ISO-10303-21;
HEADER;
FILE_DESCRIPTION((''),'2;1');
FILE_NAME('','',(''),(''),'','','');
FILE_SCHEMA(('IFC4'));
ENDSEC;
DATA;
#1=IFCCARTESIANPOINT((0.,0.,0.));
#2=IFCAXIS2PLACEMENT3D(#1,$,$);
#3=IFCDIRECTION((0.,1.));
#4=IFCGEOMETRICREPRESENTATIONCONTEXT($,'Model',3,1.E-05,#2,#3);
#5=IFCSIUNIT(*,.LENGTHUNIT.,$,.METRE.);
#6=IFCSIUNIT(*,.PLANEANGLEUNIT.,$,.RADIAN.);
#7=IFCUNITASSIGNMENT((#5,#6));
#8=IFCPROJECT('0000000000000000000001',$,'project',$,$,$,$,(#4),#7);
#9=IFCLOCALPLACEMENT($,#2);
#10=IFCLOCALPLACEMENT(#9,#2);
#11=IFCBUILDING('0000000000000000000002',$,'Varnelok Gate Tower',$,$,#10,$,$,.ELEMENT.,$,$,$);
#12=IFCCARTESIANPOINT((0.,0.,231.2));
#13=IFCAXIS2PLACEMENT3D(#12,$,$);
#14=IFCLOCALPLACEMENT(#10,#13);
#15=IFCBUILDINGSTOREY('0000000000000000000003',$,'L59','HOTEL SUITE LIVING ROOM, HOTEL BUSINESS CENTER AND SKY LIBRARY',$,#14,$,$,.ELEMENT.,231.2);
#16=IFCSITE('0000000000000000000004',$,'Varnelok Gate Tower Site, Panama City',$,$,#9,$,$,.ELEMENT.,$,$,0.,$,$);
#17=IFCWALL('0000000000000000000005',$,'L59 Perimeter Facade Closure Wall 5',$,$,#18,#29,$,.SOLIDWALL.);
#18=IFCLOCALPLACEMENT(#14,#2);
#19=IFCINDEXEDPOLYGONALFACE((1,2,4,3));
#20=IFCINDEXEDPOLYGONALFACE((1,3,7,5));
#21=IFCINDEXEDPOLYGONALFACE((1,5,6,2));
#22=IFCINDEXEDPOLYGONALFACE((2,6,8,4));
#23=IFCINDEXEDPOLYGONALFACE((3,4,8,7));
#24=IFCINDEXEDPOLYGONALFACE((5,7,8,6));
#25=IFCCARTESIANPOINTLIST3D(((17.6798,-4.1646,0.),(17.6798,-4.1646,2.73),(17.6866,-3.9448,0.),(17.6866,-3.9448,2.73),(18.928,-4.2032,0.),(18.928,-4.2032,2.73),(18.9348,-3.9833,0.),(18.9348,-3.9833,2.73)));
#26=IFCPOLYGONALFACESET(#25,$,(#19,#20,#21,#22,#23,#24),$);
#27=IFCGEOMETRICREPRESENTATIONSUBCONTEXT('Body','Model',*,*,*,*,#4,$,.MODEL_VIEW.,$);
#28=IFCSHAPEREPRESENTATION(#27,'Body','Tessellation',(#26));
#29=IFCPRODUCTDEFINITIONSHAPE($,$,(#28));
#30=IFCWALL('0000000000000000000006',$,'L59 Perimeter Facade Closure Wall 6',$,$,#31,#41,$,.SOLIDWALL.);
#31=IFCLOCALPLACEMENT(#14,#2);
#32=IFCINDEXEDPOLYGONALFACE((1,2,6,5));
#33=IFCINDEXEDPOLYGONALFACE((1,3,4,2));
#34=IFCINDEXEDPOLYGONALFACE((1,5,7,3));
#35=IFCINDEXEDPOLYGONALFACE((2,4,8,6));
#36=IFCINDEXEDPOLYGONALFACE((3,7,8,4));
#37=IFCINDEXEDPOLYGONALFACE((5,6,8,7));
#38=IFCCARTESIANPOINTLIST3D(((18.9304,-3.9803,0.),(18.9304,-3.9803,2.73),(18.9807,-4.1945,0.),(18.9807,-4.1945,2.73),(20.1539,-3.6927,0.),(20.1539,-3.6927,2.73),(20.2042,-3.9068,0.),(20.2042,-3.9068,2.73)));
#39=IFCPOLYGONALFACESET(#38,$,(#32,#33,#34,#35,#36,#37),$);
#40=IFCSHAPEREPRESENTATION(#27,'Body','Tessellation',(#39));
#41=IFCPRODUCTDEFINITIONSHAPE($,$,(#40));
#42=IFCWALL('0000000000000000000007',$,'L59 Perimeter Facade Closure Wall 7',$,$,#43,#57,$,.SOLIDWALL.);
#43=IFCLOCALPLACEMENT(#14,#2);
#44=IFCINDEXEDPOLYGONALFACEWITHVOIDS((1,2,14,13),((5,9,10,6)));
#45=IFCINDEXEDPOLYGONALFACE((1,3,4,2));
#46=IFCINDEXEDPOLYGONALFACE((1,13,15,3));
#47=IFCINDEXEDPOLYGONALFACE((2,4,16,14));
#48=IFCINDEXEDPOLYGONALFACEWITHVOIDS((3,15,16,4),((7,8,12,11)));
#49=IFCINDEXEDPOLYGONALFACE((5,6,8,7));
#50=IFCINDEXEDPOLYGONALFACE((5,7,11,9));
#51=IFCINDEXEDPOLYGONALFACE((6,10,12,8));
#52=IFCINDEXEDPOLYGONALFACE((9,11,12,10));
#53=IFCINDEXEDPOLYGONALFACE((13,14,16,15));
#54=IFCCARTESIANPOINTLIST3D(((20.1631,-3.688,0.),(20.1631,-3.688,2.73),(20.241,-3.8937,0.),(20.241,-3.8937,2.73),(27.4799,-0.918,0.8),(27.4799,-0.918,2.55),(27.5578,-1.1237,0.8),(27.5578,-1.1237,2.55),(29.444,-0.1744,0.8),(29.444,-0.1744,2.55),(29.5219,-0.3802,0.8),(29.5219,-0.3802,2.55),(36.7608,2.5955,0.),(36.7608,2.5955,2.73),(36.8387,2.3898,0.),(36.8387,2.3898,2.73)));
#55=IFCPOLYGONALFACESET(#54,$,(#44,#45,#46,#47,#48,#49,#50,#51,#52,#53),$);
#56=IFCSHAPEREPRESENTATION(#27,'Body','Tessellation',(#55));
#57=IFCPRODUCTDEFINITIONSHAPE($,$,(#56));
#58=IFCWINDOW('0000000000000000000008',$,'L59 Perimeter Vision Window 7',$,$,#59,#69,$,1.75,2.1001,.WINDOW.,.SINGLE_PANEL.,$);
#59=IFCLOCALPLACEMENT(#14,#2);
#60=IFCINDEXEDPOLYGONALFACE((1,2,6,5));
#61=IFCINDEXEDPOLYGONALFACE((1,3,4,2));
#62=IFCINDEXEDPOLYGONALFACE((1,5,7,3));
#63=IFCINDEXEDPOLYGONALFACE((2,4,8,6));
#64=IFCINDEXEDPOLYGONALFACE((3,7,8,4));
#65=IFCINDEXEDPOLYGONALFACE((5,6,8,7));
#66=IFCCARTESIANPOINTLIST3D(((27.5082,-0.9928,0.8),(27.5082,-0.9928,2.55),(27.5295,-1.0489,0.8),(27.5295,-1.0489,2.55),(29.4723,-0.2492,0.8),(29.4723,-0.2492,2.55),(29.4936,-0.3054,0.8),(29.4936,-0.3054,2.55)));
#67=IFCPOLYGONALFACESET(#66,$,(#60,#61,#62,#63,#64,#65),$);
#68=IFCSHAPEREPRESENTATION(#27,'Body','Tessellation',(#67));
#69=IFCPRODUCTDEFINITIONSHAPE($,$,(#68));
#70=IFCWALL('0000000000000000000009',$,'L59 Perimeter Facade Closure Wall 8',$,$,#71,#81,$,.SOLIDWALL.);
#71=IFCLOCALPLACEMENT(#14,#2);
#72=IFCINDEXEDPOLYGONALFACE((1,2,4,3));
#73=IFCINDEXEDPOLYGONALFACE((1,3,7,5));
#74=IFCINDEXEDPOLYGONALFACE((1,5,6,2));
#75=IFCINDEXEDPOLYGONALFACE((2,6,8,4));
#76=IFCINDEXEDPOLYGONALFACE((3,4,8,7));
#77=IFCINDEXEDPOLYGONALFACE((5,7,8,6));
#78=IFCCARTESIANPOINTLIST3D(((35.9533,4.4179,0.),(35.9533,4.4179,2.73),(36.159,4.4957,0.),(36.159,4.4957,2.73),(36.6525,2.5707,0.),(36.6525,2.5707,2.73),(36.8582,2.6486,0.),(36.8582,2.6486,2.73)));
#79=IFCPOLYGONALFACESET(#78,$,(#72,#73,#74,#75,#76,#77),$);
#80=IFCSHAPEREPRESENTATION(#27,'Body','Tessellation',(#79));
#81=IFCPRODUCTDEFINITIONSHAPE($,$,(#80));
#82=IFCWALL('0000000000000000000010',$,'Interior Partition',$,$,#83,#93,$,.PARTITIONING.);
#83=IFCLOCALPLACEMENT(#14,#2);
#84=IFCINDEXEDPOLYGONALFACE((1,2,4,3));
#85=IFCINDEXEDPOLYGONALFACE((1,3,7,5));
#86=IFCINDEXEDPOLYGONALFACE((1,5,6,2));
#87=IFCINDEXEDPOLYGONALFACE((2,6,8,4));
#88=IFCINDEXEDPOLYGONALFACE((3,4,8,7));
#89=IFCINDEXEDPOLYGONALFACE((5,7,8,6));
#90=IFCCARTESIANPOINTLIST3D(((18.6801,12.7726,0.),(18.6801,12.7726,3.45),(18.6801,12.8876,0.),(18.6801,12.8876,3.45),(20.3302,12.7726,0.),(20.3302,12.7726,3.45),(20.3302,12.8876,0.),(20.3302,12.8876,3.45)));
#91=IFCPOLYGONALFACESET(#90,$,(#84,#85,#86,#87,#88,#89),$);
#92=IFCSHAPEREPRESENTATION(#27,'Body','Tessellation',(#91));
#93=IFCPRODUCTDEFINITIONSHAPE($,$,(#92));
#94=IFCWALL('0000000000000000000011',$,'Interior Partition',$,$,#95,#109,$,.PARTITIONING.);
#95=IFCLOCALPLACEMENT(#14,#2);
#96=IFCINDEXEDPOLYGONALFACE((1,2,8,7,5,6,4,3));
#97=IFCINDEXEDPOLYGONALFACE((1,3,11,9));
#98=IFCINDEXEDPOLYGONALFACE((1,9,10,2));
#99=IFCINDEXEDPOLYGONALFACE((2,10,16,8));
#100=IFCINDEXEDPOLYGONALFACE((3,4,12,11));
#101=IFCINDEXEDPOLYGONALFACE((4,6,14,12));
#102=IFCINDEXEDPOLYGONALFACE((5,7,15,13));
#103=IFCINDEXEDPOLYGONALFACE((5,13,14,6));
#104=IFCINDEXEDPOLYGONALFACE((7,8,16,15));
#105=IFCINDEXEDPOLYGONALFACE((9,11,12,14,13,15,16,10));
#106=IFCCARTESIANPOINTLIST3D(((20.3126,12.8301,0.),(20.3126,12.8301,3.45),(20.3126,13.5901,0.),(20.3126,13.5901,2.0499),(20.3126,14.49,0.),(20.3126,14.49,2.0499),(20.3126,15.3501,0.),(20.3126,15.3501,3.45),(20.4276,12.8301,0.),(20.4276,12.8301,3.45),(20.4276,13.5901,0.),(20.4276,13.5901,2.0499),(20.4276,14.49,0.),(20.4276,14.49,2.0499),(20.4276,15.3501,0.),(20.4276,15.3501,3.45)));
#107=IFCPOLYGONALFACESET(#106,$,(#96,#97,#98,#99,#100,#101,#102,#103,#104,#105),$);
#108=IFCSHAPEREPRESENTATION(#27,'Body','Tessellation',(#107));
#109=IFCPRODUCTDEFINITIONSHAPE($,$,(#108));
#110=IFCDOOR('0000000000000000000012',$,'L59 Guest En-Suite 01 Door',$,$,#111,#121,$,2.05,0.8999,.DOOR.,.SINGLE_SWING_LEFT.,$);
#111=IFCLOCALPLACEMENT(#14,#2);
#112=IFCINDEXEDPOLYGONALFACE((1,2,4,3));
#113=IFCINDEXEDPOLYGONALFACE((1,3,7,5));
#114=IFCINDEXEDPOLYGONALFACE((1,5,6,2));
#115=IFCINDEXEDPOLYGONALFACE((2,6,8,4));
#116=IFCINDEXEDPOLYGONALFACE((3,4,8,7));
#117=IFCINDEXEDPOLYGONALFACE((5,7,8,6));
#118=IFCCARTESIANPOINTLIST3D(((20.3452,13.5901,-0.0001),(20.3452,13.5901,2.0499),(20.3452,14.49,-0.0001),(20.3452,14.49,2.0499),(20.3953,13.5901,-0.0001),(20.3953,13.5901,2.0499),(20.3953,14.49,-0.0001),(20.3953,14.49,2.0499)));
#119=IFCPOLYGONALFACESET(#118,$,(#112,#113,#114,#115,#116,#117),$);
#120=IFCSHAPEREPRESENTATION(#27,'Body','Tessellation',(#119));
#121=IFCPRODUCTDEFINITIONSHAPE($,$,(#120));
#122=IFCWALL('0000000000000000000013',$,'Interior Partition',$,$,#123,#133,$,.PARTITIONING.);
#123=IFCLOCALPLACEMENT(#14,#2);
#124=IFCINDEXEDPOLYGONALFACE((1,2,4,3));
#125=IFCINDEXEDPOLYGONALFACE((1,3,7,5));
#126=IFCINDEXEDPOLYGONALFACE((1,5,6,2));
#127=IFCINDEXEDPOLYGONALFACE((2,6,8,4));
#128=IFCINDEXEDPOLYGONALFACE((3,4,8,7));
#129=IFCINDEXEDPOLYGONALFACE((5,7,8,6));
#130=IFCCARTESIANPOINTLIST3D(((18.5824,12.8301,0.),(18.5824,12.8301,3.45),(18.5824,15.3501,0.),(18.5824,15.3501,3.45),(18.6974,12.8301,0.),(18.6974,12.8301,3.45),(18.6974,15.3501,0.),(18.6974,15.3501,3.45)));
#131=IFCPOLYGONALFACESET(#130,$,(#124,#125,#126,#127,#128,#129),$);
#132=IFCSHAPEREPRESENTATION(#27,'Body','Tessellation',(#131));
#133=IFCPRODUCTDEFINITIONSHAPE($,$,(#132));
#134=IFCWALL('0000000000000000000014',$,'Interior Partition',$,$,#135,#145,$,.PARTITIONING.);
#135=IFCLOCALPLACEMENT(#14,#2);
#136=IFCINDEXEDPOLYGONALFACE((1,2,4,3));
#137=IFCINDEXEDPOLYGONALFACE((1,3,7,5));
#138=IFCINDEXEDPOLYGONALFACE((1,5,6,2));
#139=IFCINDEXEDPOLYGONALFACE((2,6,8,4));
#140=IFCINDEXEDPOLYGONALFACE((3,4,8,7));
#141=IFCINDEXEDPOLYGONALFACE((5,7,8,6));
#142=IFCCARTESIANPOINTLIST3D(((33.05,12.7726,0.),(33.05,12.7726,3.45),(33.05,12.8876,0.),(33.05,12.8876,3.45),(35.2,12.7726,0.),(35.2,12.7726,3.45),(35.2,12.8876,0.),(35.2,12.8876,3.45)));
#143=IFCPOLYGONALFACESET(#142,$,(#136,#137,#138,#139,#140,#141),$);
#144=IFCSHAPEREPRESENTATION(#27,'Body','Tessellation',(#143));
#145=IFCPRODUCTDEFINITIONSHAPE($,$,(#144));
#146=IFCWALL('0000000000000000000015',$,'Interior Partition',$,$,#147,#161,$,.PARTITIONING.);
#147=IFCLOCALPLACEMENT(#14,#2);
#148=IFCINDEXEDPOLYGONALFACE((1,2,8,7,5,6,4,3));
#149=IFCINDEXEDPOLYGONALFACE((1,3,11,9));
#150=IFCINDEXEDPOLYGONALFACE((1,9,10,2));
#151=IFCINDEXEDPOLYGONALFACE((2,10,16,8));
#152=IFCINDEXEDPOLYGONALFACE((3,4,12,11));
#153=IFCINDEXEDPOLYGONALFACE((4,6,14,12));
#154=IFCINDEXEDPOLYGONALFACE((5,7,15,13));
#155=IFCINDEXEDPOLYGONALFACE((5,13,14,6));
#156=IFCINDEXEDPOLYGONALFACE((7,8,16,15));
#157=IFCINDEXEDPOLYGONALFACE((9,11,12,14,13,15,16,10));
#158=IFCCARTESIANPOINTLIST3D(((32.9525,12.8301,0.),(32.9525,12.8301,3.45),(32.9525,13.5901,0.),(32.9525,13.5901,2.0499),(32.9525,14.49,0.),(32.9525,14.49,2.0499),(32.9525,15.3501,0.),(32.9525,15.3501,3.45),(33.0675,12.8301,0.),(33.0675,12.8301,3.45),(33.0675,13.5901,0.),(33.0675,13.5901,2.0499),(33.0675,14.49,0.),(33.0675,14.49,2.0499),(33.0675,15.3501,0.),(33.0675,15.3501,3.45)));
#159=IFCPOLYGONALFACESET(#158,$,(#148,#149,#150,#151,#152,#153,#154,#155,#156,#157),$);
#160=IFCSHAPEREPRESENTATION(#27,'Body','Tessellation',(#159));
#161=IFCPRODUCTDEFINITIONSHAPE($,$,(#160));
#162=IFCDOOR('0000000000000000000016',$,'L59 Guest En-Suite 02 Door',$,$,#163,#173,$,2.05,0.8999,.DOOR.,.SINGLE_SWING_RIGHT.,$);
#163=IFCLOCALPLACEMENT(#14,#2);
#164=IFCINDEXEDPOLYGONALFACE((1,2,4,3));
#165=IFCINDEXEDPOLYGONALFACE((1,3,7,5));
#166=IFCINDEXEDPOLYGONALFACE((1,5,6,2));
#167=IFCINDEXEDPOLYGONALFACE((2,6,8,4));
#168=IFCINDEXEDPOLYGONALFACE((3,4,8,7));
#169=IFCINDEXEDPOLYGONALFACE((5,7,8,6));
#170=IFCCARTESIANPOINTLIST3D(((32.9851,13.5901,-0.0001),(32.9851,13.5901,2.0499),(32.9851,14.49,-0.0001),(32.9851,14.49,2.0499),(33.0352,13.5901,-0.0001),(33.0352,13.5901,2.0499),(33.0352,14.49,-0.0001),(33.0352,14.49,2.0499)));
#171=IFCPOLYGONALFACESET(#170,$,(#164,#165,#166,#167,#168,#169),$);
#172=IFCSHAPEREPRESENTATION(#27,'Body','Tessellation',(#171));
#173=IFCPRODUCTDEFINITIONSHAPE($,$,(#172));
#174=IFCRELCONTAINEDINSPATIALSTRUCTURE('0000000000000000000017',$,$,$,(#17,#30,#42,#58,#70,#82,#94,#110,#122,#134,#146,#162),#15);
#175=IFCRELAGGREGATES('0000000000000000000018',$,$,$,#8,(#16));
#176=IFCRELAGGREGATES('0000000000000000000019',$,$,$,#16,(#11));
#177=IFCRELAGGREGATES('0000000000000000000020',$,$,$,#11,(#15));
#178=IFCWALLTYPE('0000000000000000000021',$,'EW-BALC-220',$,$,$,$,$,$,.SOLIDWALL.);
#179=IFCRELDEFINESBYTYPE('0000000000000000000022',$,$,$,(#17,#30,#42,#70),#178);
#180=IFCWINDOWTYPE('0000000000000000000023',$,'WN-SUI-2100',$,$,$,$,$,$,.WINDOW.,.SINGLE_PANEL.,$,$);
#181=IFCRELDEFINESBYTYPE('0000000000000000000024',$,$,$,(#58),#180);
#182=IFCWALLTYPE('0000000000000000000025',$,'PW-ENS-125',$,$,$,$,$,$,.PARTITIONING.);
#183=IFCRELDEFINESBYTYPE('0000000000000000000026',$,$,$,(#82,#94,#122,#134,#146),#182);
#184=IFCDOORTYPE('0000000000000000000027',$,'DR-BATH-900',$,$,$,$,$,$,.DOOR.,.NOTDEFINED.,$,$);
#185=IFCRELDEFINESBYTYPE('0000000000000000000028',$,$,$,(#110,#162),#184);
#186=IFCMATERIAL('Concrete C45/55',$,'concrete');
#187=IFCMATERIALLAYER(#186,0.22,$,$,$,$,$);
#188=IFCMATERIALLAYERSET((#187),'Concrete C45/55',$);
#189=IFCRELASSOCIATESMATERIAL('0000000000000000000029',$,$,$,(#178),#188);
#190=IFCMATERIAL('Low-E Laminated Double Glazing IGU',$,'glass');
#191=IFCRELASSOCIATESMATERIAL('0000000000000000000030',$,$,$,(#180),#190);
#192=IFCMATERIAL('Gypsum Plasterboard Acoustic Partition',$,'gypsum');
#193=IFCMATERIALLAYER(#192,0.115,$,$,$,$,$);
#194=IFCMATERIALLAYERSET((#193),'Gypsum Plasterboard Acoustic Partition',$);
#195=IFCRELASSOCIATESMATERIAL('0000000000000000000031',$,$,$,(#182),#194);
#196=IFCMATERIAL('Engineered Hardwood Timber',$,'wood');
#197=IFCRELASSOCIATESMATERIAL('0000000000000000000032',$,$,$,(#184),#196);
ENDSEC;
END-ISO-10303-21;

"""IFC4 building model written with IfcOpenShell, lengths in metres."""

from ifc_helpers import new_model, si_unit, direction, frame, frame_2d, origin, place, context, subcontext, project, spatial, rectangle, extrude, material, layer, layer_set, type_object, element, fill, save


model = new_model("IFC4")

# Units and contexts
model_context = context("Model", 3, precision=1e-05, world=origin(), true_north=direction((0.0, 1.0)))
body_context = subcontext(model_context, "Body", "Model", "MODEL_VIEW")
ifc_project = project(units=[si_unit("LENGTHUNIT", "METRE"), si_unit("PLANEANGLEUNIT", "RADIAN")], contexts=[model_context])

# Site, building, storey
site_placement = place(None, origin())
site = spatial("IfcSite", under=ifc_project, at=site_placement, Name="Varnelok Gate Tower Site, Panama City", CompositionType="ELEMENT", RefElevation=0.0)
building_placement = place(site_placement, origin())
building = spatial("IfcBuilding", under=site, at=building_placement, Name="Varnelok Gate Tower", CompositionType="ELEMENT")
storey_placement = place(building_placement, frame((0.0, 0.0, 231.2)))
storey = spatial("IfcBuildingStorey", under=building, at=storey_placement, Name="L59", Description="HOTEL SUITE LIVING ROOM, HOTEL BUSINESS CENTER AND SKY LIBRARY", CompositionType="ELEMENT", Elevation=231.2)

# Walls
ifc_material_1 = material(Name="Concrete C45/55", Category="concrete")
ifc_layer_1 = layer(ifc_material_1, 0.22)
ifc_layer_set_1 = layer_set([ifc_layer_1], Name="Concrete C45/55")
wall_type_1 = type_object("IfcWallType", Name="EW-BALC-220", PredefinedType="SOLIDWALL", material=ifc_layer_set_1)
wall_1_placement = place(storey_placement, frame((17.6831, -4.0547, 0.0), z_axis=(0.0, 0.0, 1.0), x_axis=(0.999523, -0.030887, 0.0)))
element("IfcWall", 1, at=wall_1_placement, inside=storey, type_object=wall_type_1, Name="L59 Perimeter Facade Closure Wall 5", PredefinedType="SOLIDWALL", context=body_context, shape_type="SweptSolid", body=[
    extrude(rectangle(XDim=1.2488, YDim=0.22, at=frame_2d((0.6245, 0.0))), origin(), (0.0, 0.0, 1.0), 2.73),
])
wall_2_placement = place(storey_placement, frame((18.9556, -4.0874, 0.0), z_axis=(0.0, 0.0, 1.0), x_axis=(0.973463, 0.228844, 0.0)))
element("IfcWall", 2, at=wall_2_placement, inside=storey, type_object=wall_type_1, Name="L59 Perimeter Facade Closure Wall 6", PredefinedType="SOLIDWALL", context=body_context, shape_type="SweptSolid", body=[
    extrude(rectangle(XDim=1.2568, YDim=0.22, at=frame_2d((0.6284, 0.0))), origin(), (0.0, 0.0, 1.0), 2.73),
])

# Wall, opening, window
wall_3_placement = place(storey_placement, frame((20.2021, -3.7908, 0.0), z_axis=(0.0, 0.0, 1.0), x_axis=(0.935226, 0.354052, 0.0)))
wall_3 = element("IfcWall", 3, at=wall_3_placement, inside=storey, type_object=wall_type_1, Name="L59 Perimeter Facade Closure Wall 7", PredefinedType="SOLIDWALL", context=body_context, shape_type="SweptSolid", body=[
    extrude(rectangle(XDim=17.7473, YDim=0.22, at=frame_2d((8.8735, 0.0))), origin(), (0.0, 0.0, 1.0), 2.73),
])
opening_1_placement = place(wall_3_placement, frame((7.8235, 0.0, 0.8)))
opening_1 = element("IfcOpeningElement", 4, at=opening_1_placement, cuts=wall_3, PredefinedType="OPENING", context=body_context, shape_type="SweptSolid", body=[
    extrude(rectangle(XDim=2.1001, YDim=1.75, at=frame_2d((1.05, 0.875))), frame((0.0, 0.1199, 0.0), z_axis=(0.0, -1.0, 0.0), x_axis=(1.0, 0.0, 0.0)), (0.0, 0.0, 1.0), 0.24),
])
ifc_material_2 = material(Name="Low-E Laminated Double Glazing IGU", Category="glass")
window_type = type_object("IfcWindowType", Name="WN-SUI-2100", PartitioningType="SINGLE_PANEL", PredefinedType="WINDOW", material=ifc_material_2)
window_placement = place(opening_1_placement, origin())
window = element("IfcWindow", 5, at=window_placement, inside=storey, type_object=window_type, Name="L59 Perimeter Vision Window 7", OverallHeight=1.75, OverallWidth=2.1001, PartitioningType="SINGLE_PANEL", PredefinedType="WINDOW", context=body_context, shape_type="SweptSolid", body=[
    extrude(rectangle(XDim=2.1001, YDim=1.75, at=frame_2d((1.05, 0.875))), frame((0.0, 0.03, 0.0), z_axis=(0.0, -1.0, 0.0), x_axis=(1.0, 0.0, 0.0)), (0.0, 0.0, 1.0), 0.0601),
])
fill(opening_1, window)

# Walls
wall_4_placement = place(storey_placement, frame((36.7554, 2.6096, 0.0), z_axis=(0.0, 0.0, 1.0), x_axis=(-0.354021, 0.935238, 0.0)))
element("IfcWall", 6, at=wall_4_placement, inside=storey, type_object=wall_type_1, Name="L59 Perimeter Facade Closure Wall 8", PredefinedType="SOLIDWALL", context=body_context, shape_type="SweptSolid", body=[
    extrude(rectangle(XDim=1.9751, YDim=0.22, at=frame_2d((0.9875, 0.0))), origin(), (0.0, 0.0, 1.0), 2.73),
])
ifc_material_3 = material(Name="Gypsum Plasterboard Acoustic Partition", Category="gypsum")
ifc_layer_2 = layer(ifc_material_3, 0.115)
ifc_layer_set_2 = layer_set([ifc_layer_2], Name="Gypsum Plasterboard Acoustic Partition")
wall_type_2 = type_object("IfcWallType", Name="PW-ENS-125", PredefinedType="PARTITIONING", material=ifc_layer_set_2)
wall_5_placement = place(storey_placement, frame((18.6799, 12.8301, 0.0), z_axis=(0.0, 0.0, 1.0), x_axis=(1.0, 0.0, 0.0)))
element("IfcWall", 7, at=wall_5_placement, inside=storey, type_object=wall_type_2, Name="Interior Partition", PredefinedType="PARTITIONING", context=body_context, shape_type="SweptSolid", body=[
    extrude(rectangle(XDim=1.6501, YDim=0.115, at=frame_2d((0.8252, 0.0))), origin(), (0.0, 0.0, 1.0), 3.45),
])

# Wall, opening, door
wall_6_placement = place(storey_placement, frame((20.3701, 12.8301, 0.0), z_axis=(0.0, 0.0, 1.0), x_axis=(0.0, 1.0, 0.0)))
wall_6 = element("IfcWall", 8, at=wall_6_placement, inside=storey, type_object=wall_type_2, Name="Interior Partition", PredefinedType="PARTITIONING", context=body_context, shape_type="SweptSolid", body=[
    extrude(rectangle(XDim=2.52, YDim=0.115, at=frame_2d((1.26, 0.0))), origin(), (0.0, 0.0, 1.0), 3.45),
])
opening_2_placement = place(wall_6_placement, frame((0.76, 0.0, 0.0)))
opening_2 = element("IfcOpeningElement", 9, at=opening_2_placement, cuts=wall_6, PredefinedType="OPENING", context=body_context, shape_type="SweptSolid", body=[
    extrude(rectangle(XDim=0.8999, YDim=2.05, at=frame_2d((0.45, 1.0249))), frame((0.0, 0.0674, 0.0), z_axis=(0.0, -1.0, 0.0), x_axis=(1.0, 0.0, 0.0)), (0.0, 0.0, 1.0), 0.135),
])
ifc_material_4 = material(Name="Engineered Hardwood Timber", Category="wood")
door_type_1 = type_object("IfcDoorType", Name="DR-BATH-900", OperationType="NOTDEFINED", PredefinedType="DOOR", material=ifc_material_4)
door_1_placement = place(opening_2_placement, origin())
door_1 = element("IfcDoor", 10, at=door_1_placement, inside=storey, type_object=door_type_1, Name="L59 Guest En-Suite 01 Door", OperationType="SINGLE_SWING_LEFT", OverallHeight=2.05, OverallWidth=0.8999, PredefinedType="DOOR", context=body_context, shape_type="SweptSolid", body=[
    extrude(rectangle(XDim=0.8999, YDim=2.05, at=frame_2d((0.45, 1.0249))), frame((0.0, 0.0249, 0.0), z_axis=(0.0, -1.0, 0.0), x_axis=(1.0, 0.0, 0.0)), (0.0, 0.0, 1.0), 0.05),
])
fill(opening_2, door_1)

# Walls
wall_7_placement = place(storey_placement, frame((18.6399, 12.8301, 0.0), z_axis=(0.0, 0.0, 1.0), x_axis=(0.0, 1.0, 0.0)))
element("IfcWall", 11, at=wall_7_placement, inside=storey, type_object=wall_type_2, Name="Interior Partition", PredefinedType="PARTITIONING", context=body_context, shape_type="SweptSolid", body=[
    extrude(rectangle(XDim=2.52, YDim=0.115, at=frame_2d((1.26, 0.0))), origin(), (0.0, 0.0, 1.0), 3.45),
])
wall_8_placement = place(storey_placement, frame((33.05, 12.8301, 0.0), z_axis=(0.0, 0.0, 1.0), x_axis=(1.0, 0.0, 0.0)))
element("IfcWall", 12, at=wall_8_placement, inside=storey, type_object=wall_type_2, Name="Interior Partition", PredefinedType="PARTITIONING", context=body_context, shape_type="SweptSolid", body=[
    extrude(rectangle(XDim=2.1499, YDim=0.115, at=frame_2d((1.075, 0.0))), origin(), (0.0, 0.0, 1.0), 3.45),
])

# Wall, opening, door
wall_9_placement = place(storey_placement, frame((33.01, 12.8301, 0.0), z_axis=(0.0, 0.0, 1.0), x_axis=(0.0, 1.0, 0.0)))
wall_9 = element("IfcWall", 13, at=wall_9_placement, inside=storey, type_object=wall_type_2, Name="Interior Partition", PredefinedType="PARTITIONING", context=body_context, shape_type="SweptSolid", body=[
    extrude(rectangle(XDim=2.52, YDim=0.115, at=frame_2d((1.26, 0.0))), origin(), (0.0, 0.0, 1.0), 3.45),
])
opening_3_placement = place(wall_9_placement, frame((0.76, 0.0, 0.0)))
opening_3 = element("IfcOpeningElement", 14, at=opening_3_placement, cuts=wall_9, PredefinedType="OPENING", context=body_context, shape_type="SweptSolid", body=[
    extrude(rectangle(XDim=0.8999, YDim=2.05, at=frame_2d((0.45, 1.0249))), frame((0.0, 0.0674, 0.0), z_axis=(0.0, -1.0, 0.0), x_axis=(1.0, 0.0, 0.0)), (0.0, 0.0, 1.0), 0.135),
])
door_2_placement = place(opening_3_placement, origin())
door_2 = element("IfcDoor", 15, at=door_2_placement, inside=storey, type_object=door_type_1, Name="L59 Guest En-Suite 02 Door", OperationType="SINGLE_SWING_RIGHT", OverallHeight=2.05, OverallWidth=0.8999, PredefinedType="DOOR", context=body_context, shape_type="SweptSolid", body=[
    extrude(rectangle(XDim=0.8999, YDim=2.05, at=frame_2d((0.45, 1.0249))), frame((0.0, 0.0249, 0.0), z_axis=(0.0, -1.0, 0.0), x_axis=(1.0, 0.0, 0.0)), (0.0, 0.0, 1.0), 0.05),
])
fill(opening_3, door_2)

save(model, "model.ifc")
